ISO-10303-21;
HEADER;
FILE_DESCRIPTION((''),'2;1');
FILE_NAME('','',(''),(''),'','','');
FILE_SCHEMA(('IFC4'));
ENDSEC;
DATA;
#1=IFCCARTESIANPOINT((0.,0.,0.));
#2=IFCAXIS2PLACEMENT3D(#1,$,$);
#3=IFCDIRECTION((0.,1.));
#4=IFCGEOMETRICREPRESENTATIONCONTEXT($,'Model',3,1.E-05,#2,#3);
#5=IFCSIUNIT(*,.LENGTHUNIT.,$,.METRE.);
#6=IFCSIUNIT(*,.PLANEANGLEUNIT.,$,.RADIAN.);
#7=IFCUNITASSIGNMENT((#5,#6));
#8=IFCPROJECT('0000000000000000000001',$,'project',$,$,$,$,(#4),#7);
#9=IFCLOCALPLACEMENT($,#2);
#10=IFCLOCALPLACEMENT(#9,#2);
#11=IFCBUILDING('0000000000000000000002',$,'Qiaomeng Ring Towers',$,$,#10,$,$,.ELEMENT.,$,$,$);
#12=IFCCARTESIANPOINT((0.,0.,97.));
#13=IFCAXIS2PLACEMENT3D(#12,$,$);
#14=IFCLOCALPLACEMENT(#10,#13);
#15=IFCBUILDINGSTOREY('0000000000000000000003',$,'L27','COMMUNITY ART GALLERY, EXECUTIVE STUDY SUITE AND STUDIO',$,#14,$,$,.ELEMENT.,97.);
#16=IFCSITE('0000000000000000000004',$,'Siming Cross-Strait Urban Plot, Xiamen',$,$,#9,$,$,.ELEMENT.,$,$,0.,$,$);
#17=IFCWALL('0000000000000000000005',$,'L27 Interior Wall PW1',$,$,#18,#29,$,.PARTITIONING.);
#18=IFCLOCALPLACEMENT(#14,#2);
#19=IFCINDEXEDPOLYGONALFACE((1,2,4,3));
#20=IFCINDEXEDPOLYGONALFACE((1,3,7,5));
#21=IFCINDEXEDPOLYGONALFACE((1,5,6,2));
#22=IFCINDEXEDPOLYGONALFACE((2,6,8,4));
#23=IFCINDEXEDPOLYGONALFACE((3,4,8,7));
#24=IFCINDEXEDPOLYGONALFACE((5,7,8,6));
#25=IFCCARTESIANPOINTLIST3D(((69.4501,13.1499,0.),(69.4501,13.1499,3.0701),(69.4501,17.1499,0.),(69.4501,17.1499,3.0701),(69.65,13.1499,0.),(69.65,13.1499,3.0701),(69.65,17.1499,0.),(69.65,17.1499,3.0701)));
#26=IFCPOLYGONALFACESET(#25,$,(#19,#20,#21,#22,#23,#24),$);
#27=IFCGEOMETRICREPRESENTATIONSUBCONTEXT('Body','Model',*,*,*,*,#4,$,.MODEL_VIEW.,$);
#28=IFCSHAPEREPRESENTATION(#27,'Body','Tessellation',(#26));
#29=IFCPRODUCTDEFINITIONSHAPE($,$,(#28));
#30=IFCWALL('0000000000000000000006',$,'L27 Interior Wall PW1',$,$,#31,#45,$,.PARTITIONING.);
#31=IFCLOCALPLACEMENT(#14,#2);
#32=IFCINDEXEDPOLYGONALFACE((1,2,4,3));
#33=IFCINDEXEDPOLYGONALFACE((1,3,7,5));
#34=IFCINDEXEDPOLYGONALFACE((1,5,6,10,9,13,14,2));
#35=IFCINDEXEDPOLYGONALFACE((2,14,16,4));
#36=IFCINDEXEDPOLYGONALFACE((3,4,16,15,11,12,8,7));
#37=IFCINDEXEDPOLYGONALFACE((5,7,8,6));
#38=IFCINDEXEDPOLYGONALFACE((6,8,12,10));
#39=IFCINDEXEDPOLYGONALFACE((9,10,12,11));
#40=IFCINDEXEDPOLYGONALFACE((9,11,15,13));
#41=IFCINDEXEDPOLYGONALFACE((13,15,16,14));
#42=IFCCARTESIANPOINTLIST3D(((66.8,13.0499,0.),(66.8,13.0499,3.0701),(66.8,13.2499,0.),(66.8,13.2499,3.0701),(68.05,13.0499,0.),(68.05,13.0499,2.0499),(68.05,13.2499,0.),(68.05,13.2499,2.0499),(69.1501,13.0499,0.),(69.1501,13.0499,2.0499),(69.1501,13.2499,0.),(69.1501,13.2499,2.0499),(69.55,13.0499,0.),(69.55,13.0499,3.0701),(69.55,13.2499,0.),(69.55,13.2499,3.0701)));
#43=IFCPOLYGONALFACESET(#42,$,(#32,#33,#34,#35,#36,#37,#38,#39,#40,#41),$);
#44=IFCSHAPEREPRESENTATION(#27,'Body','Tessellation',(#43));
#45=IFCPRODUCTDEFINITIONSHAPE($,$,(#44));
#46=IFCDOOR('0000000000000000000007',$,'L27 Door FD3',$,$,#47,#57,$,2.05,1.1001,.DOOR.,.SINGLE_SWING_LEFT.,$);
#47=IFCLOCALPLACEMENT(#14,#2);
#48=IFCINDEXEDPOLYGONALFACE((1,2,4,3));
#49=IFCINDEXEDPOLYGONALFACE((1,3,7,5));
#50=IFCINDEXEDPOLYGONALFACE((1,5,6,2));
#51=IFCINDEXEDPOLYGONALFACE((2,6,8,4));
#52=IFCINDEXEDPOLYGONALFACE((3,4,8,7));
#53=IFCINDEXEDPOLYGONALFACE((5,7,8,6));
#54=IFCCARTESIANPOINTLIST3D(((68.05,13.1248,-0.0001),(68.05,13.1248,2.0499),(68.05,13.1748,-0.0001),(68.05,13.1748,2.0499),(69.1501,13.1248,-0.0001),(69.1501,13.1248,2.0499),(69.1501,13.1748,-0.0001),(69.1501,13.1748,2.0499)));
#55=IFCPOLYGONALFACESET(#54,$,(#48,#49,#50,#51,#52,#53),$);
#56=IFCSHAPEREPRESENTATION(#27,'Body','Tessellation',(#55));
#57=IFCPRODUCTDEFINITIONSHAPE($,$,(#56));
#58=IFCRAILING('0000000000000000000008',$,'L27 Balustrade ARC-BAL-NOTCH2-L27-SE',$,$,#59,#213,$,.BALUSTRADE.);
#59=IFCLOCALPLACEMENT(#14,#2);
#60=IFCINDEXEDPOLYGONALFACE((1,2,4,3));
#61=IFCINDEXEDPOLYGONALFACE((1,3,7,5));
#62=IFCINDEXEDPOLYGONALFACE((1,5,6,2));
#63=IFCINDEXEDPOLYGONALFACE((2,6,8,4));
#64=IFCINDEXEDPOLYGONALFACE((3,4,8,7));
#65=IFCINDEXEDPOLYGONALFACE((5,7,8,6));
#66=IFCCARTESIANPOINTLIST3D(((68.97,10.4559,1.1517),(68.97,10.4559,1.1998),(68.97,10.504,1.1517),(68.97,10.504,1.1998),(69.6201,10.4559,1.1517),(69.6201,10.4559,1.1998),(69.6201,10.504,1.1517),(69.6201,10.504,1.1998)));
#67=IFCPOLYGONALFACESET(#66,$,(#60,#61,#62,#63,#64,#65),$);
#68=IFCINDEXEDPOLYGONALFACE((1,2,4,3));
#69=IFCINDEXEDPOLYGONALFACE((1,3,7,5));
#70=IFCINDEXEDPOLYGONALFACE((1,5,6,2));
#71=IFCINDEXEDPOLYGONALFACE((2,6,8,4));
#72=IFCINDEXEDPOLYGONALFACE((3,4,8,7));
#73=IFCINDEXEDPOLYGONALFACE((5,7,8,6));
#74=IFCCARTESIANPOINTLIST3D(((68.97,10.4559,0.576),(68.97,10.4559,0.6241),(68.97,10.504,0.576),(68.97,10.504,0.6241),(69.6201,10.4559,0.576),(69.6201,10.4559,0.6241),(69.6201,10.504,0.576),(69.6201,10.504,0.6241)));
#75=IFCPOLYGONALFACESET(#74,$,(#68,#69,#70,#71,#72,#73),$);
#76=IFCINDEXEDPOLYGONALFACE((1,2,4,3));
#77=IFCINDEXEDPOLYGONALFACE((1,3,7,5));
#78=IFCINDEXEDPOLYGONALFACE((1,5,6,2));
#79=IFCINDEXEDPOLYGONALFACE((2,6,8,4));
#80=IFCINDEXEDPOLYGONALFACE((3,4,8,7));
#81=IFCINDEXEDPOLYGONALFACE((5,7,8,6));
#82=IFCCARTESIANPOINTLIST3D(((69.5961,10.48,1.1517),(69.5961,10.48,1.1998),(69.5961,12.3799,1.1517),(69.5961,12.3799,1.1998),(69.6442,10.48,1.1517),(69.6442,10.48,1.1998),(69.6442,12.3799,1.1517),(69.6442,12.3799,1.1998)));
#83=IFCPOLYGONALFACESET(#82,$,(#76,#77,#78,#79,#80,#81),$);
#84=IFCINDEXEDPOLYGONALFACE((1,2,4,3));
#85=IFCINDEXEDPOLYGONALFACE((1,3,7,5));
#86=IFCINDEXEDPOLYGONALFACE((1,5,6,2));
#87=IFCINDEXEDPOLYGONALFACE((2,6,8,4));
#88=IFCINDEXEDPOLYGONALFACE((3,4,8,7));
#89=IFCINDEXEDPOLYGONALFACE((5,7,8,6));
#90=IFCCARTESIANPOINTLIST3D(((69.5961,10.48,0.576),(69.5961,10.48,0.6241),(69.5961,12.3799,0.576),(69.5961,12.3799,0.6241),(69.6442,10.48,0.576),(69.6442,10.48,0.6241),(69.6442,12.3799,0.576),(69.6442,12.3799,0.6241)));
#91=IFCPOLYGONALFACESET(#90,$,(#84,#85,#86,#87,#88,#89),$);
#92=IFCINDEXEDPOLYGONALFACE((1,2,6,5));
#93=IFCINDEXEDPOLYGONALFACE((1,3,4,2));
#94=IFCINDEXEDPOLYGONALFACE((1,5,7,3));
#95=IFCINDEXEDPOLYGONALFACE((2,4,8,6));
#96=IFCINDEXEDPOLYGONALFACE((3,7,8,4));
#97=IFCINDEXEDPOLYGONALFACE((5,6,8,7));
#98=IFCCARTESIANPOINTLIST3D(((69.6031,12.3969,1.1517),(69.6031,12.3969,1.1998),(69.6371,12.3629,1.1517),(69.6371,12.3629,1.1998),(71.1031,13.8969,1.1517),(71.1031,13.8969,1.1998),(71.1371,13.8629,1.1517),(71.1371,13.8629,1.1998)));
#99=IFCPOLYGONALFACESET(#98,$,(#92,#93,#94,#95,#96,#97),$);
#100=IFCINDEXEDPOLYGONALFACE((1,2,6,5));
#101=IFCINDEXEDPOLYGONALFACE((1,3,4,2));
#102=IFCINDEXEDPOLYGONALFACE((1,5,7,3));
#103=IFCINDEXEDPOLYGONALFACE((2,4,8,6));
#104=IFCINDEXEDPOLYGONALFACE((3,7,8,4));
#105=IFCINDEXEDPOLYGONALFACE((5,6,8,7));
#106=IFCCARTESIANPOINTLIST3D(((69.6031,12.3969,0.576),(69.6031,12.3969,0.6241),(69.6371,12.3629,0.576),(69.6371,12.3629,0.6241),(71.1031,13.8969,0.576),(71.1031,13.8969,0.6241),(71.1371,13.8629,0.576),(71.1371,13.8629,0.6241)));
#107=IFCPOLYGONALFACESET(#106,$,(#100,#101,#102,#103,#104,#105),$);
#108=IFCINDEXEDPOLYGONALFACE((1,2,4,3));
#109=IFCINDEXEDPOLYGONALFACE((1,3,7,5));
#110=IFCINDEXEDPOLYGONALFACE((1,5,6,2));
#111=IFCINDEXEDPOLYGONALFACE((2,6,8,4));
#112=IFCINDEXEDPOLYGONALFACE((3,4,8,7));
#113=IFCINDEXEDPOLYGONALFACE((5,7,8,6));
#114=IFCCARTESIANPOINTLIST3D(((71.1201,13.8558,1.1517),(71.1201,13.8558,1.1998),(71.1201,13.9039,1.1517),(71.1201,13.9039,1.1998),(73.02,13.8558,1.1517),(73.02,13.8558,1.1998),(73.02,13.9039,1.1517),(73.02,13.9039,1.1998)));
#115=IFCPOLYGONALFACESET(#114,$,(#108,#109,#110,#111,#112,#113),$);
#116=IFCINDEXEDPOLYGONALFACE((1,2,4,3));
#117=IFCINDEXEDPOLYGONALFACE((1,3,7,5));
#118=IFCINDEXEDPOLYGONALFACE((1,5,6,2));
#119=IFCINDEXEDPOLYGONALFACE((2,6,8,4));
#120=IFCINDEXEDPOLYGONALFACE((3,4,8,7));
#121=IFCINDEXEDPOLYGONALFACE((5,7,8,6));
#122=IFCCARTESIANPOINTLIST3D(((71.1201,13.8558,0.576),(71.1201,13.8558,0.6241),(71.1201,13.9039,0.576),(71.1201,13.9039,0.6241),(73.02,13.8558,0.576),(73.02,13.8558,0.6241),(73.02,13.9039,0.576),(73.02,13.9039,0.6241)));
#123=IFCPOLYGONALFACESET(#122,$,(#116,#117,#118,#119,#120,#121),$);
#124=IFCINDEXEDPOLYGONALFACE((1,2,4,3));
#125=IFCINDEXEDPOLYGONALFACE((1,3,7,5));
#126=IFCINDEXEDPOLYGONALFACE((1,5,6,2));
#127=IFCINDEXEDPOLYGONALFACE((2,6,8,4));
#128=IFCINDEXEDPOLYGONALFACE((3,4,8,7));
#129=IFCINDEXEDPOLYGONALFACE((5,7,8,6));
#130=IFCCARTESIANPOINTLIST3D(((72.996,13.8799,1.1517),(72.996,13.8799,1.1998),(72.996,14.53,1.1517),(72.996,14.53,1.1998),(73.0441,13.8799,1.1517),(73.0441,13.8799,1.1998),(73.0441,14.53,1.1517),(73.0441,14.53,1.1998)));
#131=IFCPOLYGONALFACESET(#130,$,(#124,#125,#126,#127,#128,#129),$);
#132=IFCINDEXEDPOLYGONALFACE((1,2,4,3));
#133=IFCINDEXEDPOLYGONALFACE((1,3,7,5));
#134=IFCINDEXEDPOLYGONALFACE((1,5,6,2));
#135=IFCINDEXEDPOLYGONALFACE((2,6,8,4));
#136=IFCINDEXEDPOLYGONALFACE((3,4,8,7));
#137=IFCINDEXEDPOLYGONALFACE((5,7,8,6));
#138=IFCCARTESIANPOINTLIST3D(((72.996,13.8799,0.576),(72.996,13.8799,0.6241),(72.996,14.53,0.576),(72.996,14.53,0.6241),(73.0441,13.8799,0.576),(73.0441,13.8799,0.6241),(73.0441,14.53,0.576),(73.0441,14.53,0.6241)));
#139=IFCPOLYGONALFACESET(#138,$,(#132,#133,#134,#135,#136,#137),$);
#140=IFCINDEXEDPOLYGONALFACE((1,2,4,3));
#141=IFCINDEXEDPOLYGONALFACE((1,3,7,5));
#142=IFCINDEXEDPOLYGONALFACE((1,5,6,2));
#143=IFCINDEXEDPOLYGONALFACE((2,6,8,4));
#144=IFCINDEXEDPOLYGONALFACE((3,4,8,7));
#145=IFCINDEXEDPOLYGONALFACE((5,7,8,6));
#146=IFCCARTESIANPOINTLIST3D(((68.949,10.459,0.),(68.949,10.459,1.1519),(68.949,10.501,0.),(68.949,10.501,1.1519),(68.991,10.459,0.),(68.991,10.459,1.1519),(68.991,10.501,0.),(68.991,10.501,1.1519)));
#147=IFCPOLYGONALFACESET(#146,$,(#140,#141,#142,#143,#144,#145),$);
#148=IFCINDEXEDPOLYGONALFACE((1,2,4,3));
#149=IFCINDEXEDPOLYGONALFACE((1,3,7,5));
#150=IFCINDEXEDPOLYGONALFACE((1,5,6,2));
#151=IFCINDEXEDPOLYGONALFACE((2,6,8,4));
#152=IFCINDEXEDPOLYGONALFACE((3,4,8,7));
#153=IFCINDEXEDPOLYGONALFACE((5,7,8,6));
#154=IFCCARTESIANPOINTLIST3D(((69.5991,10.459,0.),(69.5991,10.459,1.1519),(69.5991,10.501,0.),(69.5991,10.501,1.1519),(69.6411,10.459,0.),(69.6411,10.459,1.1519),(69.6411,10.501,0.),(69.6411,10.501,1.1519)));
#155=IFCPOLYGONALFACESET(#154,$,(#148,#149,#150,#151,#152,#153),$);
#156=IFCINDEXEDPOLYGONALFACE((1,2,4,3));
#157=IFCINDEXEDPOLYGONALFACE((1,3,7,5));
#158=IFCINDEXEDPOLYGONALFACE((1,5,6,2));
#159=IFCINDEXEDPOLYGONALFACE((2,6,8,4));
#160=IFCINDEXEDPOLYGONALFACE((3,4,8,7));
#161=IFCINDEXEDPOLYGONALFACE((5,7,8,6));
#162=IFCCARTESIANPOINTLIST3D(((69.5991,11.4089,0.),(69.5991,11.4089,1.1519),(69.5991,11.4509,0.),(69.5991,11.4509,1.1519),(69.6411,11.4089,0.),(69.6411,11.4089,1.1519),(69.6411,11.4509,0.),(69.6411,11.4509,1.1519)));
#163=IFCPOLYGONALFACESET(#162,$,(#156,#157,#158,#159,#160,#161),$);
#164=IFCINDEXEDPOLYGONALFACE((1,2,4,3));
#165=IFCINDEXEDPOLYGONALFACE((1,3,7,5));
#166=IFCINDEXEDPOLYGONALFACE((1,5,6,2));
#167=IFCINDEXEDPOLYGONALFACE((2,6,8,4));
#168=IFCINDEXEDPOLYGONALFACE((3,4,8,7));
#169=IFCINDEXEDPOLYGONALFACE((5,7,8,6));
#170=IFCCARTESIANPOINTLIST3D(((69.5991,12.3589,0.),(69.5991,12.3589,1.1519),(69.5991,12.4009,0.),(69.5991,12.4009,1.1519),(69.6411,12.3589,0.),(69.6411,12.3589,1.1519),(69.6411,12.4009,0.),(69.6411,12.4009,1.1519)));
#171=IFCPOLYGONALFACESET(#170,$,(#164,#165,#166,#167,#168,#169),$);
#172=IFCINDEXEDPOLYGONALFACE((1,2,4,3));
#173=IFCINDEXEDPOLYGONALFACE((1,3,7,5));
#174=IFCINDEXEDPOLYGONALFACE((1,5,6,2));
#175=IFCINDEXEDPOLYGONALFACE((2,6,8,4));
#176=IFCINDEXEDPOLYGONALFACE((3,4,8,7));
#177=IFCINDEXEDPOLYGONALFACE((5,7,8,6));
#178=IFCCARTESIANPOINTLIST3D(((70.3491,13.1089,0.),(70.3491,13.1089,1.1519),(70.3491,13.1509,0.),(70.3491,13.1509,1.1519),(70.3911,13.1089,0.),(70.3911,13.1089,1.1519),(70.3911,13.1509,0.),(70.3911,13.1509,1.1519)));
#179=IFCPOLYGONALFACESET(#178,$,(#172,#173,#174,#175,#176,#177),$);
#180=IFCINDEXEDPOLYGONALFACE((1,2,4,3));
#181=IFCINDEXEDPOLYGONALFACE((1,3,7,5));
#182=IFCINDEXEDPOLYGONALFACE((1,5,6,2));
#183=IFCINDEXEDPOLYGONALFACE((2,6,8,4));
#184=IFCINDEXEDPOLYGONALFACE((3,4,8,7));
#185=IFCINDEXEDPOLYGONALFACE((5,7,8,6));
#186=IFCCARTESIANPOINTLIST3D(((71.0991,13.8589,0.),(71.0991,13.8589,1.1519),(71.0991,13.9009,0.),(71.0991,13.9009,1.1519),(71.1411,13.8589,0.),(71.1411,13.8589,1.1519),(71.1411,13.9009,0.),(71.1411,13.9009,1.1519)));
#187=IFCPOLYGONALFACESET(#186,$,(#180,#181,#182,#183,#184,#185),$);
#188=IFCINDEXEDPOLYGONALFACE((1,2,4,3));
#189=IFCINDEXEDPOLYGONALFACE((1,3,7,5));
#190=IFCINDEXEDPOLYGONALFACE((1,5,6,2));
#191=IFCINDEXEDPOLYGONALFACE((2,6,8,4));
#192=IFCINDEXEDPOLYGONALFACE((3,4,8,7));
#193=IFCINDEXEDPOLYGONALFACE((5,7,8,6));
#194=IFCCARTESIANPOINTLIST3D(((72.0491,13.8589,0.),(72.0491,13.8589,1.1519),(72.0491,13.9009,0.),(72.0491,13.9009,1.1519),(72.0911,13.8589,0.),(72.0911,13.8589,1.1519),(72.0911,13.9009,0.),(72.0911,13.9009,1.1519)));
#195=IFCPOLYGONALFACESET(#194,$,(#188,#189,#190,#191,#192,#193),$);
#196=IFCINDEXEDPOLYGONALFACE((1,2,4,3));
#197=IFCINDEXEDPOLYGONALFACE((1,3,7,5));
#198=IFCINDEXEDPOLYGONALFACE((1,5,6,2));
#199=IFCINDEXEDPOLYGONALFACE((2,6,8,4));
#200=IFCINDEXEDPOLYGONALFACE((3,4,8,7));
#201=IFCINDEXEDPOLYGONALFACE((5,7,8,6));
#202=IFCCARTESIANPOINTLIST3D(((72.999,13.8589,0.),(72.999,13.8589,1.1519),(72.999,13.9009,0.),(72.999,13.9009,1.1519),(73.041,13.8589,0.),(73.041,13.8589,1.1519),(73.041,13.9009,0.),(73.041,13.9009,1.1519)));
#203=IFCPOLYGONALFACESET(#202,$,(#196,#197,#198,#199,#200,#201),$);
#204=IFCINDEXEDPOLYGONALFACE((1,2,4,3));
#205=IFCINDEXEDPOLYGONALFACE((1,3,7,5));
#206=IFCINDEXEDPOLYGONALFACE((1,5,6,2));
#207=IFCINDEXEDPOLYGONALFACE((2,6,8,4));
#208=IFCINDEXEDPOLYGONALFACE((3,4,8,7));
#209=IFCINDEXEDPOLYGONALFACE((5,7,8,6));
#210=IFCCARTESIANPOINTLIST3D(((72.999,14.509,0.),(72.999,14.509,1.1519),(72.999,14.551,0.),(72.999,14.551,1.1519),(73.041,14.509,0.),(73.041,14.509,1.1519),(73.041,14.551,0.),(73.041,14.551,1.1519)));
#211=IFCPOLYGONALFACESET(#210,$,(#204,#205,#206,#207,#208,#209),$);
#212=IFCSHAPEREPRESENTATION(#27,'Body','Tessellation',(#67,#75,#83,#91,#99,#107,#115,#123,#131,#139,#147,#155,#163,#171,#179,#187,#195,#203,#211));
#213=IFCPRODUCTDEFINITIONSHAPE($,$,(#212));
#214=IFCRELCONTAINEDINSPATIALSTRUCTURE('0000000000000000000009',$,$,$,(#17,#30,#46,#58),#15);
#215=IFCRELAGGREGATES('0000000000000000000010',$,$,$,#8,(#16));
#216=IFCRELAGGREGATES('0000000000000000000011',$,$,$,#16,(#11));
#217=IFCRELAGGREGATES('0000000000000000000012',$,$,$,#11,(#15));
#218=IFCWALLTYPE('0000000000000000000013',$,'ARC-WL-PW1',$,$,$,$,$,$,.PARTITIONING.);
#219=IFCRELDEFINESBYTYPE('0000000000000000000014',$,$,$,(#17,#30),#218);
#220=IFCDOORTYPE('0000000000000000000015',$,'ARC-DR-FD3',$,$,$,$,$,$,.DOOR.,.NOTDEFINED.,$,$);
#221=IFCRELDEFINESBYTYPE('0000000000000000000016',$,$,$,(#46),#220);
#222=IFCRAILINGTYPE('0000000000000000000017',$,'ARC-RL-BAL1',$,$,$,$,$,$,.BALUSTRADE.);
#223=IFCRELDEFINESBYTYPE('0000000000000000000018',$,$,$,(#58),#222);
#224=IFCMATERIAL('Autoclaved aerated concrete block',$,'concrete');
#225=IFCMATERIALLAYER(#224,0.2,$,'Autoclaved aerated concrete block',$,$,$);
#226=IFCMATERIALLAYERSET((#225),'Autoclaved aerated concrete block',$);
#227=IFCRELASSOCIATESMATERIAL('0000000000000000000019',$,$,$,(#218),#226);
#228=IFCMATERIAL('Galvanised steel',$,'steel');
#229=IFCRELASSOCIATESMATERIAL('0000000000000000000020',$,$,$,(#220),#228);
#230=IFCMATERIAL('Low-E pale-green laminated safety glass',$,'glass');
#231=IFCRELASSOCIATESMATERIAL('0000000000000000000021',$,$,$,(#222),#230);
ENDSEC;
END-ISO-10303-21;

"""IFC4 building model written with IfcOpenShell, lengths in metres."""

from ifc_helpers import new_model, si_unit, direction, frame, frame_2d, origin, origin_2d, place, context, subcontext, project, spatial, rectangle, extrude, source, transform, mapped, material, layer, layer_set, type_object, element, fill, save


model = new_model("IFC4")

# Units and contexts
model_context = context("Model", 3, precision=1e-05, world=origin(), true_north=direction((0.0, 1.0)))
body_context = subcontext(model_context, "Body", "Model", "MODEL_VIEW")
ifc_project = project(units=[si_unit("LENGTHUNIT", "METRE"), si_unit("PLANEANGLEUNIT", "RADIAN")], contexts=[model_context])

# Site, building, storey
site_placement = place(None, origin())
site = spatial("IfcSite", under=ifc_project, at=site_placement, Name="Siming Cross-Strait Urban Plot, Xiamen", CompositionType="ELEMENT", RefElevation=0.0)
building_placement = place(site_placement, origin())
building = spatial("IfcBuilding", under=site, at=building_placement, Name="Qiaomeng Ring Towers", CompositionType="ELEMENT")
storey_placement = place(building_placement, frame((0.0, 0.0, 97.0)))
storey = spatial("IfcBuildingStorey", under=building, at=storey_placement, Name="L27", Description="COMMUNITY ART GALLERY, EXECUTIVE STUDY SUITE AND STUDIO", CompositionType="ELEMENT", Elevation=97.0)

# Wall
ifc_material_1 = material(Name="Autoclaved aerated concrete block", Category="concrete")
ifc_layer_1 = layer(ifc_material_1, 0.2, Name="Autoclaved aerated concrete block")
ifc_layer_set_1 = layer_set([ifc_layer_1], Name="Autoclaved aerated concrete block")
wall_type_1 = type_object("IfcWallType", Name="ARC-WL-PW1", PredefinedType="PARTITIONING", material=ifc_layer_set_1)
wall_1_placement = place(storey_placement, frame((69.55, 13.1499, 0.0), z_axis=(0.0, 0.0, 1.0), x_axis=(0.0, 1.0, 0.0)))
element("IfcWall", 1, at=wall_1_placement, inside=storey, type_object=wall_type_1, Name="L27 Interior Wall PW1", PredefinedType="PARTITIONING", context=body_context, shape_type="SweptSolid", body=[
    extrude(rectangle(XDim=4.0, YDim=0.2, at=frame_2d((2.0, 0.0))), origin(), (0.0, 0.0, 1.0), 3.0701),
])

# Wall, opening, door
wall_2_placement = place(storey_placement, frame((66.8, 13.1499, 0.0), z_axis=(0.0, 0.0, 1.0), x_axis=(1.0, 0.0, 0.0)))
wall_2 = element("IfcWall", 2, at=wall_2_placement, inside=storey, type_object=wall_type_1, Name="L27 Interior Wall PW1", PredefinedType="PARTITIONING", context=body_context, shape_type="SweptSolid", body=[
    extrude(rectangle(XDim=2.75, YDim=0.2, at=frame_2d((1.375, 0.0))), origin(), (0.0, 0.0, 1.0), 3.0701),
])
opening_1_placement = place(wall_2_placement, frame((1.25, 0.0, 0.0)))
opening_1 = element("IfcOpeningElement", 3, at=opening_1_placement, cuts=wall_2, PredefinedType="OPENING", context=body_context, shape_type="SweptSolid", body=[
    extrude(rectangle(XDim=1.1001, YDim=2.05, at=frame_2d((0.55, 1.0249))), frame((0.0, 0.1099, 0.0), z_axis=(0.0, -1.0, 0.0), x_axis=(1.0, 0.0, 0.0)), (0.0, 0.0, 1.0), 0.22),
])
ifc_material_2 = material(Name="Galvanised steel", Category="steel")
door_type_1 = type_object("IfcDoorType", Name="ARC-DR-FD3", OperationType="NOTDEFINED", PredefinedType="DOOR", material=ifc_material_2)
shared_shape_1 = source(origin(), body_context, "Body", "SweptSolid", [
    extrude(rectangle(XDim=1.1001, YDim=2.05, at=frame_2d((0.55, 1.0249))), frame((0.0, 0.0249, 0.0), z_axis=(0.0, -1.0, 0.0), x_axis=(1.0, 0.0, 0.0)), (0.0, 0.0, 1.0), 0.05),
])
door_1_placement = place(opening_1_placement, origin())
door_1 = element("IfcDoor", 4, at=door_1_placement, inside=storey, type_object=door_type_1, Name="L27 Door FD3", OperationType="SINGLE_SWING_LEFT", OverallHeight=2.05, OverallWidth=1.1001, PredefinedType="DOOR", context=body_context, shape_type="MappedRepresentation", body=[
    mapped(shared_shape_1, transform((0.0, 0.0, 0.0), x_axis=(1.0, 0.0, 0.0), y_axis=(0.0, 1.0, 0.0), z_axis=(0.0, 0.0, 1.0), scale=1.0)),
])
fill(opening_1, door_1)

# Railing
ifc_material_3 = material(Name="Low-E pale-green laminated safety glass", Category="glass")
railing_type = type_object("IfcRailingType", Name="ARC-RL-BAL1", PredefinedType="BALUSTRADE", material=ifc_material_3)
railing_placement = place(storey_placement, frame((68.97, 10.48, 0.0)))
element("IfcRailing", 5, at=railing_placement, inside=storey, type_object=railing_type, Name="L27 Balustrade ARC-BAL-NOTCH2-L27-SE", PredefinedType="BALUSTRADE", context=body_context, shape_type="SweptSolid", body=[
    extrude(rectangle(XDim=0.0481, YDim=0.0481, at=origin_2d()), frame((0.0, 0.0, 1.1758), z_axis=(1.0, 0.0, 0.0), x_axis=(0.0, 1.0, 0.0)), (0.0, 0.0, 1.0), 0.6501),
    extrude(rectangle(XDim=0.0481, YDim=0.0481, at=origin_2d()), frame((0.0, 0.0, 0.6001), z_axis=(1.0, 0.0, 0.0), x_axis=(0.0, 1.0, 0.0)), (0.0, 0.0, 1.0), 0.6501),
    extrude(rectangle(XDim=0.0481, YDim=0.0481, at=origin_2d()), frame((0.6501, 0.0, 1.1758), z_axis=(0.0, 1.0, 0.0), x_axis=(-1.0, 0.0, 0.0)), (0.0, 0.0, 1.0), 1.8999),
    extrude(rectangle(XDim=0.0481, YDim=0.0481, at=origin_2d()), frame((0.6501, 0.0, 0.6001), z_axis=(0.0, 1.0, 0.0), x_axis=(-1.0, 0.0, 0.0)), (0.0, 0.0, 1.0), 1.8999),
    extrude(rectangle(XDim=0.0481, YDim=0.0481, at=origin_2d()), frame((0.6501, 1.8999, 1.1758), z_axis=(0.707107, 0.707107, 0.0), x_axis=(-0.707107, 0.707107, 0.0)), (0.0, 0.0, 1.0), 2.1213),
    extrude(rectangle(XDim=0.0481, YDim=0.0481, at=origin_2d()), frame((0.6501, 1.8999, 0.6001), z_axis=(0.707107, 0.707107, 0.0), x_axis=(-0.707107, 0.707107, 0.0)), (0.0, 0.0, 1.0), 2.1213),
    extrude(rectangle(XDim=0.0481, YDim=0.0481, at=origin_2d()), frame((2.1501, 3.3999, 1.1758), z_axis=(1.0, 0.0, 0.0), x_axis=(0.0, 1.0, 0.0)), (0.0, 0.0, 1.0), 1.8999),
    extrude(rectangle(XDim=0.0481, YDim=0.0481, at=origin_2d()), frame((2.1501, 3.3999, 0.6001), z_axis=(1.0, 0.0, 0.0), x_axis=(0.0, 1.0, 0.0)), (0.0, 0.0, 1.0), 1.8999),
    extrude(rectangle(XDim=0.0481, YDim=0.0481, at=origin_2d()), frame((4.05, 3.3999, 1.1758), z_axis=(0.0, 1.0, 0.0), x_axis=(-1.0, 0.0, 0.0)), (0.0, 0.0, 1.0), 0.6501),
    extrude(rectangle(XDim=0.0481, YDim=0.0481, at=origin_2d()), frame((4.05, 3.3999, 0.6001), z_axis=(0.0, 1.0, 0.0), x_axis=(-1.0, 0.0, 0.0)), (0.0, 0.0, 1.0), 0.6501),
    extrude(rectangle(XDim=0.042, YDim=0.042, at=origin_2d()), origin(), (0.0, 0.0, 1.0), 1.1519),
    extrude(rectangle(XDim=0.042, YDim=0.042, at=origin_2d()), frame((0.6501, 0.0, 0.0)), (0.0, 0.0, 1.0), 1.1519),
    extrude(rectangle(XDim=0.042, YDim=0.042, at=origin_2d()), frame((0.6501, 0.95, 0.0)), (0.0, 0.0, 1.0), 1.1519),
    extrude(rectangle(XDim=0.042, YDim=0.042, at=origin_2d()), frame((0.6501, 1.8999, 0.0)), (0.0, 0.0, 1.0), 1.1519),
    extrude(rectangle(XDim=0.042, YDim=0.042, at=origin_2d()), frame((1.4001, 2.6499, 0.0)), (0.0, 0.0, 1.0), 1.1519),
    extrude(rectangle(XDim=0.042, YDim=0.042, at=origin_2d()), frame((2.1501, 3.3999, 0.0)), (0.0, 0.0, 1.0), 1.1519),
    extrude(rectangle(XDim=0.042, YDim=0.042, at=origin_2d()), frame((3.1001, 3.3999, 0.0)), (0.0, 0.0, 1.0), 1.1519),
    extrude(rectangle(XDim=0.042, YDim=0.042, at=origin_2d()), frame((4.05, 3.3999, 0.0)), (0.0, 0.0, 1.0), 1.1519),
    extrude(rectangle(XDim=0.042, YDim=0.042, at=origin_2d()), frame((4.05, 4.05, 0.0)), (0.0, 0.0, 1.0), 1.1519),
])

save(model, "model.ifc")
